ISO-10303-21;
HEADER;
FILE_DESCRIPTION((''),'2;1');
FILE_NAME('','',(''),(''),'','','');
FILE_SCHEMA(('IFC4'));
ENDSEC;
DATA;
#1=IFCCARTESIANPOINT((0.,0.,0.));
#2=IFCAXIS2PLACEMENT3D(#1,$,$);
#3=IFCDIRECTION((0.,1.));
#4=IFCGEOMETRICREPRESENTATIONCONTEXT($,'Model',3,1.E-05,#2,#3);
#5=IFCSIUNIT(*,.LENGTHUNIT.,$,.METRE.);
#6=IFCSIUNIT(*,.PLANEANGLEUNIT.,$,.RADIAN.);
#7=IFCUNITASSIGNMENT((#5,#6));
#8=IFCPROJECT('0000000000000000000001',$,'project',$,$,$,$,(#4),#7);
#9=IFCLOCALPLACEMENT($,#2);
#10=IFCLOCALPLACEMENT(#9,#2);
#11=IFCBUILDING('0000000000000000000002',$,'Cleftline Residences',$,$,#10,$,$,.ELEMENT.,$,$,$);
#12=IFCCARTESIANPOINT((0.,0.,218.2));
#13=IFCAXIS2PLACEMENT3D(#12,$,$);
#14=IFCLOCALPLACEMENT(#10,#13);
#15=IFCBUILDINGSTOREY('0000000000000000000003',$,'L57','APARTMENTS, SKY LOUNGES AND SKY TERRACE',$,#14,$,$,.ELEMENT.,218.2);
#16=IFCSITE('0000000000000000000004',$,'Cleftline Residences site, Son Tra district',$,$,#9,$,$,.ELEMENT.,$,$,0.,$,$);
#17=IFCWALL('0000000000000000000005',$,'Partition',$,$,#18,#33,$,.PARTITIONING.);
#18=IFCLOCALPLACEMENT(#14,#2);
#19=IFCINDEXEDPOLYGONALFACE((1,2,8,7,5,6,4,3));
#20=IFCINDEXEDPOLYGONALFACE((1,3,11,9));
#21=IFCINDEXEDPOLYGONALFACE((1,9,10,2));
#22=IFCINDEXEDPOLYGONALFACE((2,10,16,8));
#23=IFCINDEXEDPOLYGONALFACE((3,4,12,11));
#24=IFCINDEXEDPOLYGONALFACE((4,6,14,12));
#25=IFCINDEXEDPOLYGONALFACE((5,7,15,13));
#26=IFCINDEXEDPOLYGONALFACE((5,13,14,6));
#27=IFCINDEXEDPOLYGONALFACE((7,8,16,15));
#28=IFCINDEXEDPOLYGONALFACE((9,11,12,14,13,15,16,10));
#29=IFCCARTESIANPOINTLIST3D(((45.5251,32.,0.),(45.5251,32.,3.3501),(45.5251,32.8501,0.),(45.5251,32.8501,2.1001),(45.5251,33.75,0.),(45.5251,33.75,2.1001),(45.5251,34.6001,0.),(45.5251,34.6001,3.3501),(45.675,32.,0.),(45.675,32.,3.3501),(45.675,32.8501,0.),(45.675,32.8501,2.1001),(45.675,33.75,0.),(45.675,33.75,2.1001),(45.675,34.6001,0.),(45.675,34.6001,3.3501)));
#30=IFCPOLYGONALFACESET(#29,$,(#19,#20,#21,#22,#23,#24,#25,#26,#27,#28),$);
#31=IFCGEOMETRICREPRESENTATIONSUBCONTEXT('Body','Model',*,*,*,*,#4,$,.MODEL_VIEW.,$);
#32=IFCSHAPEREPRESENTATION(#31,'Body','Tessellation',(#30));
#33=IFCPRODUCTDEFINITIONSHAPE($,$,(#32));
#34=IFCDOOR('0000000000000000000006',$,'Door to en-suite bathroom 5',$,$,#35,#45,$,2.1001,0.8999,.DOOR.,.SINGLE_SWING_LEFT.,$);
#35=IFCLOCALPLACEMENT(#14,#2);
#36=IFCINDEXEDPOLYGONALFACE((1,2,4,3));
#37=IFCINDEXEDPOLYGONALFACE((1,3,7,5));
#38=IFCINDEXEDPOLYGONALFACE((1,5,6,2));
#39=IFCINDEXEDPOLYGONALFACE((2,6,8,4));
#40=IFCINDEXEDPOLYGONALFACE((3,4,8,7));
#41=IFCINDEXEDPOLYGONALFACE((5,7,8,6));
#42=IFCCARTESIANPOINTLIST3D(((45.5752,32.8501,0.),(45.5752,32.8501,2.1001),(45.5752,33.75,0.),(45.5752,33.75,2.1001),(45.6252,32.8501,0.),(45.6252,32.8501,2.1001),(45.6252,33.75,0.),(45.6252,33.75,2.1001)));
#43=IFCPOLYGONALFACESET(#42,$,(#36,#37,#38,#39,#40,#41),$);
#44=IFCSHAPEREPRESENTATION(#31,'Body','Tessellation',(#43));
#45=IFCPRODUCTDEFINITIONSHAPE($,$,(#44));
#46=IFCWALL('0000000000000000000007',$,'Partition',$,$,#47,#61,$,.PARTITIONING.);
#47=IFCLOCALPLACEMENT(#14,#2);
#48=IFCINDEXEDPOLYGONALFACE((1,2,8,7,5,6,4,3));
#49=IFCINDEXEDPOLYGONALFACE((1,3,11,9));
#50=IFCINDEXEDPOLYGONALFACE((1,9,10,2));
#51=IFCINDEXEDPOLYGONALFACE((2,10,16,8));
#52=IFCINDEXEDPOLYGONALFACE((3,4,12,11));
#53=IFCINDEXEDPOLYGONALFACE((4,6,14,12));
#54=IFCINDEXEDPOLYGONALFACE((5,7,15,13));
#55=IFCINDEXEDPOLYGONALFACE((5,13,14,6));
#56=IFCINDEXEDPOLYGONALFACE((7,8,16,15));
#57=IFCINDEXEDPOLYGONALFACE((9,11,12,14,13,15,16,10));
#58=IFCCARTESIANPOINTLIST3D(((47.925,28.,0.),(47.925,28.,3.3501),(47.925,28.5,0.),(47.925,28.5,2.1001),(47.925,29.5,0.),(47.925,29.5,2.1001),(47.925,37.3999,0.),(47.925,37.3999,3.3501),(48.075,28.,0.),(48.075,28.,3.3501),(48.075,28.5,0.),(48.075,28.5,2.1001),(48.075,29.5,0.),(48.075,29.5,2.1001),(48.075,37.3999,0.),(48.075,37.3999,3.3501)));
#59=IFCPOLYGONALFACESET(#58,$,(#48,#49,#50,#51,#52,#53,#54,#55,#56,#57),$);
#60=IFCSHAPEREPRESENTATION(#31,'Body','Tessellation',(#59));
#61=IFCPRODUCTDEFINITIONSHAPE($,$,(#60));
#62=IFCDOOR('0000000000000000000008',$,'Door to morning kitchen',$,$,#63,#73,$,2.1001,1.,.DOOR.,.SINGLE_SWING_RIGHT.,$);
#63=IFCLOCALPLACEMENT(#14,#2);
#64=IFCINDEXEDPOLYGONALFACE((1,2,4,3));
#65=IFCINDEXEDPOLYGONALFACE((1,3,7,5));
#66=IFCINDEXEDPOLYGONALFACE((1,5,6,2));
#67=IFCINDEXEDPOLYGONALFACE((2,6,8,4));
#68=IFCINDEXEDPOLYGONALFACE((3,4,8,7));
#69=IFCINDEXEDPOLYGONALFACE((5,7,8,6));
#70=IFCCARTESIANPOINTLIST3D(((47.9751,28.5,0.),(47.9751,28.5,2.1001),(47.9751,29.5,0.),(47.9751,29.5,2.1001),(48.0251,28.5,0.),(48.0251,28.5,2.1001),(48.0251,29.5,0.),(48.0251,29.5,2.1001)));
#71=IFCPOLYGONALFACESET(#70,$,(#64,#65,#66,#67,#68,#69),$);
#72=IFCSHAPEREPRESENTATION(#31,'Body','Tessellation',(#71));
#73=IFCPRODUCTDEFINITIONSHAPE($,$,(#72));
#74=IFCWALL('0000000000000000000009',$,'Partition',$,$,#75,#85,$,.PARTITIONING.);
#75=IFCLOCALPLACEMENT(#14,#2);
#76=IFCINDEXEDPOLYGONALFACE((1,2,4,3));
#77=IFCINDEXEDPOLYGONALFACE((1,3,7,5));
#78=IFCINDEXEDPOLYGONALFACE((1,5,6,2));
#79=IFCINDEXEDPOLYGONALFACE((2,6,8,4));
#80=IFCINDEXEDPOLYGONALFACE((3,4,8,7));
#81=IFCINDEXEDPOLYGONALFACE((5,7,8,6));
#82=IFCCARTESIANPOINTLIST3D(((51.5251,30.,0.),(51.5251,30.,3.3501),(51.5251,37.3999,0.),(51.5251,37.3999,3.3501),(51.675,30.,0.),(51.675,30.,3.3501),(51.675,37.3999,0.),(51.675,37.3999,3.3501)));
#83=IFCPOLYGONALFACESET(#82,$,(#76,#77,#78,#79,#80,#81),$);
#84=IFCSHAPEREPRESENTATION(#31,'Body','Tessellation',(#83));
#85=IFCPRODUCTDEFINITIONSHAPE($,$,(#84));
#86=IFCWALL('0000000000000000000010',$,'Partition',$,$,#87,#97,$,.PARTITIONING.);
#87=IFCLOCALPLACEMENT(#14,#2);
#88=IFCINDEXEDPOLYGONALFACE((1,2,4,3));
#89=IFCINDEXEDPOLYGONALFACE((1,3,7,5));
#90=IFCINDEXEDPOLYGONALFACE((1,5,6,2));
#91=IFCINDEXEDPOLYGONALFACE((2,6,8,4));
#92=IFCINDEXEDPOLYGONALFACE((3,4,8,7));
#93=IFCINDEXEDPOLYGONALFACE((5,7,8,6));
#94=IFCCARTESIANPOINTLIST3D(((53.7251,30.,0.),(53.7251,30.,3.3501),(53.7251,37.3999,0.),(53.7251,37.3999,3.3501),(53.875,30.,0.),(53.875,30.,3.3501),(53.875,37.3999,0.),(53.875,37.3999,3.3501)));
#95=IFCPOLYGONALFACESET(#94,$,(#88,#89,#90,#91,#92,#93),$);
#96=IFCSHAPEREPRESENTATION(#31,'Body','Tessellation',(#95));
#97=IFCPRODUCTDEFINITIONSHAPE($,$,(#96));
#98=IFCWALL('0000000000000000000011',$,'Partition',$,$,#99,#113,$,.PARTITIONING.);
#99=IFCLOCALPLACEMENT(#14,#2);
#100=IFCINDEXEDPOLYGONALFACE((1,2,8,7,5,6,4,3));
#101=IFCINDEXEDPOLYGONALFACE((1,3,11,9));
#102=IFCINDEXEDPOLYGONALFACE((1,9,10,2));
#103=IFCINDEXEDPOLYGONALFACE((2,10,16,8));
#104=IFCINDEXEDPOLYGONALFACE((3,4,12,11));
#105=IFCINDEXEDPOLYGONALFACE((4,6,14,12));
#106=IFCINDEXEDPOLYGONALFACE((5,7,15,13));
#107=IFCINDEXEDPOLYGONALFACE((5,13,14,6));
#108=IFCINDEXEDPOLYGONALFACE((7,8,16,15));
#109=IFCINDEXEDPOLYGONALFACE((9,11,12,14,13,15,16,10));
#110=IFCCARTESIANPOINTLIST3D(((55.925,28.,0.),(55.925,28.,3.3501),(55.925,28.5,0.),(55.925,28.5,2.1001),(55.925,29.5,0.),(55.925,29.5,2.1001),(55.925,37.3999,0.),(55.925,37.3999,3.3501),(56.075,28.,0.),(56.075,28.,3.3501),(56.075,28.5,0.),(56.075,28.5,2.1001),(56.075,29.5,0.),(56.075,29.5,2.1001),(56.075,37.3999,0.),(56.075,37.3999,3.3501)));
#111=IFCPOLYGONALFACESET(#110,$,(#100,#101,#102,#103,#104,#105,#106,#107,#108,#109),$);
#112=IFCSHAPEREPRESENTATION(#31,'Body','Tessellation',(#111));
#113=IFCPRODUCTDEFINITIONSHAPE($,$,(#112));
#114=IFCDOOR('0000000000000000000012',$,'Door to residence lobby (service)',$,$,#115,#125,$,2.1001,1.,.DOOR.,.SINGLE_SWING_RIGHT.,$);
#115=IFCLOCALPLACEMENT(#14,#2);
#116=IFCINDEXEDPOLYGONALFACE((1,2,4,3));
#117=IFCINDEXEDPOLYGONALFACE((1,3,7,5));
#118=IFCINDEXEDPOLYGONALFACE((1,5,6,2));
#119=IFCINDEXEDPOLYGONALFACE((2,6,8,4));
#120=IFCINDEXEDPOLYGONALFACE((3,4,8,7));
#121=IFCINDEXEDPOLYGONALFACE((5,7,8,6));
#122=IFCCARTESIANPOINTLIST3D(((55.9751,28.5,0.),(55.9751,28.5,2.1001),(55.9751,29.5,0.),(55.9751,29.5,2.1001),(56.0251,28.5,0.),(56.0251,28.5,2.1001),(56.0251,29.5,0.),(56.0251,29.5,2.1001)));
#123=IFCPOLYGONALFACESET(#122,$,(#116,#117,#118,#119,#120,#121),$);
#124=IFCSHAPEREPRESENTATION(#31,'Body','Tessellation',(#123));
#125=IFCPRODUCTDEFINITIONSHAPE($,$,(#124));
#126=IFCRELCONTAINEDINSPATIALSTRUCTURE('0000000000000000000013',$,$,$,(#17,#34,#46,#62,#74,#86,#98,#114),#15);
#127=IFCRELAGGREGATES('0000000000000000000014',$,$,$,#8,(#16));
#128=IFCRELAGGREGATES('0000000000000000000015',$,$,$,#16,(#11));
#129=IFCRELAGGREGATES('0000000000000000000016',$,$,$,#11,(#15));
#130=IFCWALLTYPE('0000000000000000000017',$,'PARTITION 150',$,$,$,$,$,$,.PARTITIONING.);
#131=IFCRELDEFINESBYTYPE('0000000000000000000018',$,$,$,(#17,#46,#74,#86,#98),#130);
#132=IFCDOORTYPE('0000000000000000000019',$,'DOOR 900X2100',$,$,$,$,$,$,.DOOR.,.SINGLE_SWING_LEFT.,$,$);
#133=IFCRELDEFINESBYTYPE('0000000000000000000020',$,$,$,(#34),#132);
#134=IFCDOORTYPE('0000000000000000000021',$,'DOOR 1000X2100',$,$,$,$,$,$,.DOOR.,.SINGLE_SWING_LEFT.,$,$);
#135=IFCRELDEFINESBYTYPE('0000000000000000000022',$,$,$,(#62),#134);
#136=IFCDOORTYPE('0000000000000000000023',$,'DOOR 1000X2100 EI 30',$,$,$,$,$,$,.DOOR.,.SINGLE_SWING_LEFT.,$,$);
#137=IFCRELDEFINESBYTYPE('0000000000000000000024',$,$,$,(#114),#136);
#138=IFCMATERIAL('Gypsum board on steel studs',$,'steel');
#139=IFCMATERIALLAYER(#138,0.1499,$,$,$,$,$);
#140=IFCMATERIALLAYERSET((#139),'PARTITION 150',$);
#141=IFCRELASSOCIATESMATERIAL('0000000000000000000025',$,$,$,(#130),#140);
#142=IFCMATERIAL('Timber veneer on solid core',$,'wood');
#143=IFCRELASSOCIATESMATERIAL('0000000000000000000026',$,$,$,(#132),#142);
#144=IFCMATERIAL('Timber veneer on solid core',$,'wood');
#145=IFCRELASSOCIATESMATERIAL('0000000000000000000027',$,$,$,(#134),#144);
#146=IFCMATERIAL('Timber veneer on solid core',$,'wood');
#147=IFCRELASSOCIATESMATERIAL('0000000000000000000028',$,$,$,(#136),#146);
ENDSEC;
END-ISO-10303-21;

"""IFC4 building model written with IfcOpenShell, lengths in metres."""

from ifc_helpers import new_model, si_unit, direction, frame, frame_2d, origin, place, context, subcontext, project, spatial, rectangle, extrude, material, layer, layer_set, type_object, element, fill, save


model = new_model("IFC4")

# Units and contexts
model_context = context("Model", 3, precision=1e-05, world=origin(), true_north=direction((0.0, 1.0)))
body_context = subcontext(model_context, "Body", "Model", "MODEL_VIEW")
ifc_project = project(units=[si_unit("LENGTHUNIT", "METRE"), si_unit("PLANEANGLEUNIT", "RADIAN")], contexts=[model_context])

# Site, building, storey
site_placement = place(None, origin())
site = spatial("IfcSite", under=ifc_project, at=site_placement, Name="Cleftline Residences site, Son Tra district", CompositionType="ELEMENT", RefElevation=0.0)
building_placement = place(site_placement, origin())
building = spatial("IfcBuilding", under=site, at=building_placement, Name="Cleftline Residences", CompositionType="ELEMENT")
storey_placement = place(building_placement, frame((0.0, 0.0, 218.2)))
storey = spatial("IfcBuildingStorey", under=building, at=storey_placement, Name="L57", Description="APARTMENTS, SKY LOUNGES AND SKY TERRACE", CompositionType="ELEMENT", Elevation=218.2)

# Shared definitions
ifc_material_1 = material(Name="Gypsum board on steel studs", Category="steel")
ifc_layer_1 = layer(ifc_material_1, 0.1499)
ifc_layer_set_1 = layer_set([ifc_layer_1], Name="PARTITION 150")
wall_type_1 = type_object("IfcWallType", Name="PARTITION 150", PredefinedType="PARTITIONING", material=ifc_layer_set_1)
ifc_material_2 = material(Name="Timber veneer on solid core", Category="wood")
door_type_1 = type_object("IfcDoorType", Name="DOOR 900X2100", OperationType="SINGLE_SWING_LEFT", PredefinedType="DOOR", material=ifc_material_2)
ifc_material_3 = material(Name="Timber veneer on solid core", Category="wood")
door_type_2 = type_object("IfcDoorType", Name="DOOR 1000X2100", OperationType="SINGLE_SWING_LEFT", PredefinedType="DOOR", material=ifc_material_3)

# Walls, openings, doors
wall_1_placement = place(storey_placement, frame((45.6001, 32.0, 0.0), z_axis=(0.0, 0.0, 1.0), x_axis=(0.0, 1.0, 0.0)))
wall_1 = element("IfcWall", 1, at=wall_1_placement, inside=storey, type_object=wall_type_1, Name="Partition", PredefinedType="PARTITIONING", context=body_context, shape_type="SweptSolid", body=[
    extrude(rectangle(XDim=2.6001, YDim=0.1499, at=frame_2d((1.3, 0.0))), origin(), (0.0, 0.0, 1.0), 3.3501),
])
opening_1_placement = place(wall_1_placement, frame((0.8501, 0.0, 0.0)))
opening_1 = element("IfcOpeningElement", 2, at=opening_1_placement, cuts=wall_1, PredefinedType="OPENING", context=body_context, shape_type="SweptSolid", body=[
    extrude(rectangle(XDim=0.8999, YDim=2.1001, at=frame_2d((0.45, 1.05))), frame((0.0, 0.085, 0.0), z_axis=(0.0, -1.0, 0.0), x_axis=(1.0, 0.0, 0.0)), (0.0, 0.0, 1.0), 0.1699),
])
door_1_placement = place(opening_1_placement, origin())
door_1 = element("IfcDoor", 3, at=door_1_placement, inside=storey, type_object=door_type_1, Name="Door to en-suite bathroom 5", OperationType="SINGLE_SWING_LEFT", OverallHeight=2.1001, OverallWidth=0.8999, PredefinedType="DOOR", context=body_context, shape_type="SweptSolid", body=[
    extrude(rectangle(XDim=0.8999, YDim=2.1001, at=frame_2d((0.45, 1.05))), frame((0.0, 0.0249, 0.0), z_axis=(0.0, -1.0, 0.0), x_axis=(1.0, 0.0, 0.0)), (0.0, 0.0, 1.0), 0.05),
])
fill(opening_1, door_1)
wall_2_placement = place(storey_placement, frame((48.0, 28.0, 0.0), z_axis=(0.0, 0.0, 1.0), x_axis=(0.0, 1.0, 0.0)))
wall_2 = element("IfcWall", 4, at=wall_2_placement, inside=storey, type_object=wall_type_1, Name="Partition", PredefinedType="PARTITIONING", context=body_context, shape_type="SweptSolid", body=[
    extrude(rectangle(XDim=9.3999, YDim=0.1499, at=frame_2d((4.7, 0.0))), origin(), (0.0, 0.0, 1.0), 3.3501),
])
opening_2_placement = place(wall_2_placement, frame((0.5, 0.0, 0.0)))
opening_2 = element("IfcOpeningElement", 5, at=opening_2_placement, cuts=wall_2, PredefinedType="OPENING", context=body_context, shape_type="SweptSolid", body=[
    extrude(rectangle(XDim=1.0, YDim=2.1001, at=frame_2d((0.5, 1.05))), frame((0.0, 0.085, 0.0), z_axis=(0.0, -1.0, 0.0), x_axis=(1.0, 0.0, 0.0)), (0.0, 0.0, 1.0), 0.1699),
])
door_2_placement = place(opening_2_placement, origin())
door_2 = element("IfcDoor", 6, at=door_2_placement, inside=storey, type_object=door_type_2, Name="Door to morning kitchen", OperationType="SINGLE_SWING_RIGHT", OverallHeight=2.1001, OverallWidth=1.0, PredefinedType="DOOR", context=body_context, shape_type="SweptSolid", body=[
    extrude(rectangle(XDim=1.0, YDim=2.1001, at=frame_2d((0.5, 1.05))), frame((0.0, 0.0249, 0.0), z_axis=(0.0, -1.0, 0.0), x_axis=(1.0, 0.0, 0.0)), (0.0, 0.0, 1.0), 0.05),
])
fill(opening_2, door_2)

# Walls
for number, where, z_axis, x_axis, name in (
    (7, (51.6001, 30.0, 0.0), (0.0, 0.0, 1.0), (0.0, 1.0, 0.0), "Partition"),
    (8, (53.8, 30.0, 0.0), (0.0, 0.0, 1.0), (0.0, 1.0, 0.0), "Partition"),
):
    element("IfcWall", number, at=place(storey_placement, frame(where, z_axis=z_axis, x_axis=x_axis)), inside=storey, type_object=wall_type_1, Name=name, PredefinedType="PARTITIONING", context=body_context, shape_type="SweptSolid", body=[
        extrude(rectangle(XDim=7.3999, YDim=0.1499, at=frame_2d((3.7, 0.0))), origin(), (0.0, 0.0, 1.0), 3.3501),
    ])

# Wall, opening, door
wall_3_placement = place(storey_placement, frame((56.0, 28.0, 0.0), z_axis=(0.0, 0.0, 1.0), x_axis=(0.0, 1.0, 0.0)))
wall_3 = element("IfcWall", 9, at=wall_3_placement, inside=storey, type_object=wall_type_1, Name="Partition", PredefinedType="PARTITIONING", context=body_context, shape_type="SweptSolid", body=[
    extrude(rectangle(XDim=9.3999, YDim=0.1499, at=frame_2d((4.7, 0.0))), origin(), (0.0, 0.0, 1.0), 3.3501),
])
opening_3_placement = place(wall_3_placement, frame((0.5, 0.0, 0.0)))
opening_3 = element("IfcOpeningElement", 10, at=opening_3_placement, cuts=wall_3, PredefinedType="OPENING", context=body_context, shape_type="SweptSolid", body=[
    extrude(rectangle(XDim=1.0, YDim=2.1001, at=frame_2d((0.5, 1.05))), frame((0.0, 0.085, 0.0), z_axis=(0.0, -1.0, 0.0), x_axis=(1.0, 0.0, 0.0)), (0.0, 0.0, 1.0), 0.1699),
])
ifc_material_4 = material(Name="Timber veneer on solid core", Category="wood")
door_type_3 = type_object("IfcDoorType", Name="DOOR 1000X2100 EI 30", OperationType="SINGLE_SWING_LEFT", PredefinedType="DOOR", material=ifc_material_4)
door_3_placement = place(opening_3_placement, origin())
door_3 = element("IfcDoor", 11, at=door_3_placement, inside=storey, type_object=door_type_3, Name="Door to residence lobby (service)", OperationType="SINGLE_SWING_RIGHT", OverallHeight=2.1001, OverallWidth=1.0, PredefinedType="DOOR", context=body_context, shape_type="SweptSolid", body=[
    extrude(rectangle(XDim=1.0, YDim=2.1001, at=frame_2d((0.5, 1.05))), frame((0.0, 0.0249, 0.0), z_axis=(0.0, -1.0, 0.0), x_axis=(1.0, 0.0, 0.0)), (0.0, 0.0, 1.0), 0.05),
])
fill(opening_3, door_3)

save(model, "model.ifc")
